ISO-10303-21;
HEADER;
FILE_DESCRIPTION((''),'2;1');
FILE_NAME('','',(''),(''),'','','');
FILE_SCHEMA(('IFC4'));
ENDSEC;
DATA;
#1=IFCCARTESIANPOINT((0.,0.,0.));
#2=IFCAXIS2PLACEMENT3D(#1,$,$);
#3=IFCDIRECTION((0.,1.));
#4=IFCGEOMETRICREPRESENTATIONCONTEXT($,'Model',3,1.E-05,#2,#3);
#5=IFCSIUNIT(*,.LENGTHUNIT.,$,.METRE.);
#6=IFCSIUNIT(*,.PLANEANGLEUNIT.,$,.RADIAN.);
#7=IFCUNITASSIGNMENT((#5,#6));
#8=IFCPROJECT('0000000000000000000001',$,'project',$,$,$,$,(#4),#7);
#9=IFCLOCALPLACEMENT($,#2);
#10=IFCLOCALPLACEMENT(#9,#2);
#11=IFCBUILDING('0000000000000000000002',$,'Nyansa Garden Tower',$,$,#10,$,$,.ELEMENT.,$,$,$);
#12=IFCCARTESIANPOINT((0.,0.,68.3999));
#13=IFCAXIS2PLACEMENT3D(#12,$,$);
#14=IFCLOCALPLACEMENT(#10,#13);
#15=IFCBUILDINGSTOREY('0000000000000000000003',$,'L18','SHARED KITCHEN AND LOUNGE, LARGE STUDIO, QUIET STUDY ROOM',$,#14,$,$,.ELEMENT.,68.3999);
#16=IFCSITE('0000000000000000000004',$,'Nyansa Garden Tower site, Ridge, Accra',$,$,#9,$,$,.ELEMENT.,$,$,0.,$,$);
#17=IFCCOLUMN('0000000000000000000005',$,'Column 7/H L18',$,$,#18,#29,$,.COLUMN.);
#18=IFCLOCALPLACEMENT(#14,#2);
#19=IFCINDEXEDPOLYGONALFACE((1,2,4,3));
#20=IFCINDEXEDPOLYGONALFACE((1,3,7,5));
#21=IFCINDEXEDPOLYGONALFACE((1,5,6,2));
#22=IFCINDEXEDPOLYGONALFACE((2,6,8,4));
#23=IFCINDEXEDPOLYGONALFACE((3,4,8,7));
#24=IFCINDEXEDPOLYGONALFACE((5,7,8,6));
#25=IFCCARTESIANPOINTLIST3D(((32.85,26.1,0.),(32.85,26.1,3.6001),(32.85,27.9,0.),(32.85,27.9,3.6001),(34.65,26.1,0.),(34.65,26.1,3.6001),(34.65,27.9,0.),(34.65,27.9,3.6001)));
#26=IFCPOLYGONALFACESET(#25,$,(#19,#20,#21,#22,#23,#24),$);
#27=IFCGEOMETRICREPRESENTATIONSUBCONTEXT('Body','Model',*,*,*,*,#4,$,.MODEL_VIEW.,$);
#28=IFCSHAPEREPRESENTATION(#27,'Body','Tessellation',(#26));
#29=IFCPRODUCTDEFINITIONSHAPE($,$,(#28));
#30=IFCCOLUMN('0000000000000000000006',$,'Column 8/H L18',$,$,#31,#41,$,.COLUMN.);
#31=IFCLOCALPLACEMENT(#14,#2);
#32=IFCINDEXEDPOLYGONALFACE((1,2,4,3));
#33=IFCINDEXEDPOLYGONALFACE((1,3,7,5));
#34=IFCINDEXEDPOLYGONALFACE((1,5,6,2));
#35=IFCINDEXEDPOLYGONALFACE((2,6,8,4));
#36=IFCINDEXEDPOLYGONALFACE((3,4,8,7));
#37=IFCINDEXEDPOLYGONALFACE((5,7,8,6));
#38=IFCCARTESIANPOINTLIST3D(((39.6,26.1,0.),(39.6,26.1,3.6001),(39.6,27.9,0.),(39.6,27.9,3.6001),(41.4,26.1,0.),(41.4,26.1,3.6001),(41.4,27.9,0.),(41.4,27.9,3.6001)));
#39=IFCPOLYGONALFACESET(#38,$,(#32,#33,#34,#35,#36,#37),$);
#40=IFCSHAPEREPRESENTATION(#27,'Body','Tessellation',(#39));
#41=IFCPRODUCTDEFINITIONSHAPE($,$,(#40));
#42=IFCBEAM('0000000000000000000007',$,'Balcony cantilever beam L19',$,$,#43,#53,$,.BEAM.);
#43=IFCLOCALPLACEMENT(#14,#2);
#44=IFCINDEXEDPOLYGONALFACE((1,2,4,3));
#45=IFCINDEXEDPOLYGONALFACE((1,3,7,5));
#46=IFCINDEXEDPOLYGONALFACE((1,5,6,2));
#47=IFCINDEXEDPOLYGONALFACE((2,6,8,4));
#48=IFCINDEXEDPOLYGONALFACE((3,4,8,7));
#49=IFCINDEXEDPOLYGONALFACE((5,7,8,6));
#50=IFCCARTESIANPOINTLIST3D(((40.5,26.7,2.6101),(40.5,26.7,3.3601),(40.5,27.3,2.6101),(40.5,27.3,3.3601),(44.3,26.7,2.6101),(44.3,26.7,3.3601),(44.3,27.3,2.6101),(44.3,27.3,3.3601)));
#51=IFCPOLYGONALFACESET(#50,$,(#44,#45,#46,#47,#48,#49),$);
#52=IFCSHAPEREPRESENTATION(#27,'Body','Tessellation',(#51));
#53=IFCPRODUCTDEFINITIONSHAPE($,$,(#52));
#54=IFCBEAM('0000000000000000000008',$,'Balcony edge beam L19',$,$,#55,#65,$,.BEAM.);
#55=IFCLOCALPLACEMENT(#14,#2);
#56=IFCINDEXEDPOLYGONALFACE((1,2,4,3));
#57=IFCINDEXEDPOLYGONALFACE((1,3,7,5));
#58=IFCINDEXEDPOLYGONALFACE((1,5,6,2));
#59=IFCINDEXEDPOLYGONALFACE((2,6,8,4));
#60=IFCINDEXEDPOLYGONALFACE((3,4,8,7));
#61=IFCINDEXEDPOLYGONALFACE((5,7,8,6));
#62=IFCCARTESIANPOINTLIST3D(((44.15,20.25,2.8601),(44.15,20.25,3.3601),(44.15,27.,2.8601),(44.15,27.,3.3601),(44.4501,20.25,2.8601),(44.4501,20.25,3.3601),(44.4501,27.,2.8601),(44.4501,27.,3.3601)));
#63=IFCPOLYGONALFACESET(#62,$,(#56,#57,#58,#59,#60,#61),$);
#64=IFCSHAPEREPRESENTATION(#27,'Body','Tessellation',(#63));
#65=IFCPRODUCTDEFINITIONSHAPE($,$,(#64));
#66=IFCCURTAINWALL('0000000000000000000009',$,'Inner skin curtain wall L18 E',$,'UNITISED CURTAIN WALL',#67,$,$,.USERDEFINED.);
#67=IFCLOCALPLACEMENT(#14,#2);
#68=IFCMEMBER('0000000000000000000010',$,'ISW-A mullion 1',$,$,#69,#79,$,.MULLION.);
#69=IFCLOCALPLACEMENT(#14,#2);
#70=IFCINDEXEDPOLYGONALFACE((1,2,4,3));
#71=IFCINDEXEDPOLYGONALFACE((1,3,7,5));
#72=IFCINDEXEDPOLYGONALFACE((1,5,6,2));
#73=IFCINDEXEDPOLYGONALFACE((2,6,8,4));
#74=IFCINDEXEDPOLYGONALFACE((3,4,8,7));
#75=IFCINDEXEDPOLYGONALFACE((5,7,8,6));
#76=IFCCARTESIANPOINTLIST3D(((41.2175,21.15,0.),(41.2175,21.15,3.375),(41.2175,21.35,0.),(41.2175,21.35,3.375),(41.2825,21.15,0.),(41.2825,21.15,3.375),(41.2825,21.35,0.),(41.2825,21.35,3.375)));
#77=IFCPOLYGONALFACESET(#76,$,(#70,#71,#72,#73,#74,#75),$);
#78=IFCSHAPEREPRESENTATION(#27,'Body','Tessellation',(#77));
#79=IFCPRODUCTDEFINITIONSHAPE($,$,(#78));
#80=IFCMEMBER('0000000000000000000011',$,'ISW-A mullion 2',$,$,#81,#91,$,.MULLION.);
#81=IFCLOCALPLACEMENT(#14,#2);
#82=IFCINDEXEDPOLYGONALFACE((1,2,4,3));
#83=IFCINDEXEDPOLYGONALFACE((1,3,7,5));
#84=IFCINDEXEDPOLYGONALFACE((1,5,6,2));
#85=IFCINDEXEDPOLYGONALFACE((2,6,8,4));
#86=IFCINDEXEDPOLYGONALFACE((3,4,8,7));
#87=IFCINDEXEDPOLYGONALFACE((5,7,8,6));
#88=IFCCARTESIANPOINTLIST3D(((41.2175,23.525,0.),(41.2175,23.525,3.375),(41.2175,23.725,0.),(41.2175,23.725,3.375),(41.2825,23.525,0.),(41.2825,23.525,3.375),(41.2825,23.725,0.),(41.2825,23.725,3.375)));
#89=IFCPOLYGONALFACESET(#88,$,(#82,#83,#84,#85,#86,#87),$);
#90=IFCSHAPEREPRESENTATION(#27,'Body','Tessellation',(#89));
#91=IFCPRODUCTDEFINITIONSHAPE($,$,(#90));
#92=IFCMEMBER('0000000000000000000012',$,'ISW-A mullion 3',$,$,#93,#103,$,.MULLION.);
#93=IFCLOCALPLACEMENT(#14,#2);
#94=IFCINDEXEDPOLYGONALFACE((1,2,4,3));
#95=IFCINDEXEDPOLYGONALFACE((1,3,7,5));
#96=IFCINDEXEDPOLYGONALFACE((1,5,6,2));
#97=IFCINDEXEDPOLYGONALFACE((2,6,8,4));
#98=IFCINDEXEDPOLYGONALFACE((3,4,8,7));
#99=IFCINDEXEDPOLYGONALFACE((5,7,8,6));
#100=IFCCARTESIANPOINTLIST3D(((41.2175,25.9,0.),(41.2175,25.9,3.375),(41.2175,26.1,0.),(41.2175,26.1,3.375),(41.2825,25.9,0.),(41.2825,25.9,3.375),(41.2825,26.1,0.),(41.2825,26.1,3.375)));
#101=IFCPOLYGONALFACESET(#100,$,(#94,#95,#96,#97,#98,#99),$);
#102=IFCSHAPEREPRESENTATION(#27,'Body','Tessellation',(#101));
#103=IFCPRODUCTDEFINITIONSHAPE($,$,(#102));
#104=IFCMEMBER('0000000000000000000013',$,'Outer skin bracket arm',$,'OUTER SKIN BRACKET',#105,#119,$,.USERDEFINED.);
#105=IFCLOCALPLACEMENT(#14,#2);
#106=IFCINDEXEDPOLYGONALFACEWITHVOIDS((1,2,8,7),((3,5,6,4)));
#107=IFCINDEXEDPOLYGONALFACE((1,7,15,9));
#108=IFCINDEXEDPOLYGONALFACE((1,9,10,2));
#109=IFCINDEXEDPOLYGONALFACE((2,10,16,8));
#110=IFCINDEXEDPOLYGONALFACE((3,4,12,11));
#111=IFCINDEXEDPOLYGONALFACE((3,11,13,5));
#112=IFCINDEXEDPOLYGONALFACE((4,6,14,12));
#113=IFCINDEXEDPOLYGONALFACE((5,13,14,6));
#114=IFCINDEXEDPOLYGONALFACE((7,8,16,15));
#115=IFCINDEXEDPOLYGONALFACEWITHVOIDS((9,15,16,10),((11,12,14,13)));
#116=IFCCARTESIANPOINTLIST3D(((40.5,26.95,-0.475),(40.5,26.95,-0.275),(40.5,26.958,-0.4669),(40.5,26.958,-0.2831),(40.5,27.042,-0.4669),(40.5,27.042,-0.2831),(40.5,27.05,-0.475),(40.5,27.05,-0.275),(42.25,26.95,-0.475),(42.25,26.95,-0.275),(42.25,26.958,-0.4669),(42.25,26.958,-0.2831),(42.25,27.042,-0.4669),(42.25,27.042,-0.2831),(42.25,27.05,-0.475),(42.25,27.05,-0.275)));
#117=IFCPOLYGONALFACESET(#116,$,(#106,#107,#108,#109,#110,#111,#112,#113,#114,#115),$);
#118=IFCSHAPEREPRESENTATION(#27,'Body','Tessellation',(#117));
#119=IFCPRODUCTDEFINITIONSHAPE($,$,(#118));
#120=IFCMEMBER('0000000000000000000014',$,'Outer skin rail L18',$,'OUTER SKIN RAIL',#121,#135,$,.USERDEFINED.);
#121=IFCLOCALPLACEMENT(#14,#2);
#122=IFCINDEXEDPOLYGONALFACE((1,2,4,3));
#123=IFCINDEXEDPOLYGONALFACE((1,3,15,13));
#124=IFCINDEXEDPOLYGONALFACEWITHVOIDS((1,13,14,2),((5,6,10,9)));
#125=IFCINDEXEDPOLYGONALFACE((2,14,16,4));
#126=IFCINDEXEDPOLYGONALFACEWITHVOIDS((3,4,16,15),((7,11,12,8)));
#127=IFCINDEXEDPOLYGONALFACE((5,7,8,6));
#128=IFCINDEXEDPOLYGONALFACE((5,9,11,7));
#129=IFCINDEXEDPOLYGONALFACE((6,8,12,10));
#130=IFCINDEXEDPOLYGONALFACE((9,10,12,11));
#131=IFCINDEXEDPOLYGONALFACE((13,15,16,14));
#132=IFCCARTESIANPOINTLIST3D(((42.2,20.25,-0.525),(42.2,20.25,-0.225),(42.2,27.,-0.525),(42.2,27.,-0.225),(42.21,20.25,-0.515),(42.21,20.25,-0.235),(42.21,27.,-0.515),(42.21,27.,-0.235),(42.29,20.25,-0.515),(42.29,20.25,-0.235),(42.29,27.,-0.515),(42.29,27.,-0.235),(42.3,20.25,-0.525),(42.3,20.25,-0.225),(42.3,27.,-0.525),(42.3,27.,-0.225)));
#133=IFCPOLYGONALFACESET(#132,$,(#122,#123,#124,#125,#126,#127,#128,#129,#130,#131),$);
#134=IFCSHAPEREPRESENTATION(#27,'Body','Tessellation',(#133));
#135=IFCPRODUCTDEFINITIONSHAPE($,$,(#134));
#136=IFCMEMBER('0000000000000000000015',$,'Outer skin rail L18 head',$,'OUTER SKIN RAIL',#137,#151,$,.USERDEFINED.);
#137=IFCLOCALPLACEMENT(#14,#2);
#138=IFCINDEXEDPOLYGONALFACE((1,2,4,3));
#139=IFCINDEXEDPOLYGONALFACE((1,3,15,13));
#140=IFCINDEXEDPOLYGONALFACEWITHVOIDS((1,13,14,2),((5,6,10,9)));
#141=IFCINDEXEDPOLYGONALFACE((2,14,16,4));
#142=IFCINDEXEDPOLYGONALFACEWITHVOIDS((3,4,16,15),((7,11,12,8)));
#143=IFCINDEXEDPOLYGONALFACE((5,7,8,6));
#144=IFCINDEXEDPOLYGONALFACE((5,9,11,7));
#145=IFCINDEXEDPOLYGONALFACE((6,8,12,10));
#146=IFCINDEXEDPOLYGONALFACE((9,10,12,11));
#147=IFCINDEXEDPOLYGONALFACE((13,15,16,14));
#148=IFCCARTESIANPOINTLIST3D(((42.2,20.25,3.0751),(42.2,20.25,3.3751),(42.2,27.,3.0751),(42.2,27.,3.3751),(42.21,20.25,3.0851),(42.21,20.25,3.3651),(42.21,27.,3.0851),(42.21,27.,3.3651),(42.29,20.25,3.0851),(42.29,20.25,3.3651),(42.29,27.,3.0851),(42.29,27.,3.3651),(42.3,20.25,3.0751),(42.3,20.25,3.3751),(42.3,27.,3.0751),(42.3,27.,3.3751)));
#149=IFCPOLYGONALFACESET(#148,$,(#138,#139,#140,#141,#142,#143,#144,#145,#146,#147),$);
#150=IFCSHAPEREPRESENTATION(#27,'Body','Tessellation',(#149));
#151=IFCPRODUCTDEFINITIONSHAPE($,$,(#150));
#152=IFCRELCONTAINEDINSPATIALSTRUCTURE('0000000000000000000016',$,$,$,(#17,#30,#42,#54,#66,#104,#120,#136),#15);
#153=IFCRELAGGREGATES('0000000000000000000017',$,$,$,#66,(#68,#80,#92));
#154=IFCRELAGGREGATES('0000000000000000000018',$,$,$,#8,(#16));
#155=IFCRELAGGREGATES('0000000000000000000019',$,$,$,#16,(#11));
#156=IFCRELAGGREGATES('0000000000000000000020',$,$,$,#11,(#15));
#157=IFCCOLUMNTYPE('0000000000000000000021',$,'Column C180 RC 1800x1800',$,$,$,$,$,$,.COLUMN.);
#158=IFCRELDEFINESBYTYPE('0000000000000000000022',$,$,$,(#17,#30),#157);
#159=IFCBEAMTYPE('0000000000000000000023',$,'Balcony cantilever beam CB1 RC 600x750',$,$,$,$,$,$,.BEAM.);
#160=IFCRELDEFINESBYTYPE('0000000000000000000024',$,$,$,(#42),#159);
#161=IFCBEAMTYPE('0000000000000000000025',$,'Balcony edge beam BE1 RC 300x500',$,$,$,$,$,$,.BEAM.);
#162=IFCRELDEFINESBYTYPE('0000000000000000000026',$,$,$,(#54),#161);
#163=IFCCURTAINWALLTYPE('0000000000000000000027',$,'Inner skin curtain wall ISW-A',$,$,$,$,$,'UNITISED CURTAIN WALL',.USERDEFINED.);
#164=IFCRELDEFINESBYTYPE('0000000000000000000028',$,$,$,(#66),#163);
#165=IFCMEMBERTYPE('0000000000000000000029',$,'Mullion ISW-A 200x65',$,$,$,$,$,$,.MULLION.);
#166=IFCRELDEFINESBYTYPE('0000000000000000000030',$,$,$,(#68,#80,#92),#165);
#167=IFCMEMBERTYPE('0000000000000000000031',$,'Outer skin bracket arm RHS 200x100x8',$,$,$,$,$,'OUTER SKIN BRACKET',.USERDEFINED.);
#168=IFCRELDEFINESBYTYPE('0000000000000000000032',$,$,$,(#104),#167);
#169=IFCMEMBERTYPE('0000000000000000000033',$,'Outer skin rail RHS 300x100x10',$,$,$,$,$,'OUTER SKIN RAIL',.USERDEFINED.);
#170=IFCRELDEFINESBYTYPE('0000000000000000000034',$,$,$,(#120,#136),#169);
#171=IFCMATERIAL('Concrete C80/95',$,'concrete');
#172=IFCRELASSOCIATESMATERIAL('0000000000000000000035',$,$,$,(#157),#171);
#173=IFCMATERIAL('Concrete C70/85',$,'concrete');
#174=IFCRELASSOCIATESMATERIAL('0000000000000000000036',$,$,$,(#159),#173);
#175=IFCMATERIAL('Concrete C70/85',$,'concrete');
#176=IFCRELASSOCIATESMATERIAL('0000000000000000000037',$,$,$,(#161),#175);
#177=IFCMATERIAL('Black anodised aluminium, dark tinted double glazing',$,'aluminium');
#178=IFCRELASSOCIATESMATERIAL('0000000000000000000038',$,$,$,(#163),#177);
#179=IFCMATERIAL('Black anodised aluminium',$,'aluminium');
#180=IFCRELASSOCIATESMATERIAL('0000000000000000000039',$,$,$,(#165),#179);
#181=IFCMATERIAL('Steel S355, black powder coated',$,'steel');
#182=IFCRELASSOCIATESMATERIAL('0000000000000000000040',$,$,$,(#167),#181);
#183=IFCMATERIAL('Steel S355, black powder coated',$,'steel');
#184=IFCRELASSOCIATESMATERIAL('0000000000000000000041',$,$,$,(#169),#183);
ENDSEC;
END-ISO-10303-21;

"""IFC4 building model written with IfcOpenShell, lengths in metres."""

from ifc_helpers import new_model, si_unit, direction, frame, origin, origin_2d, place, context, subcontext, project, spatial, rectangle, hollow_rectangle, extrude, material, material_profile, profile_set, type_object, element, aggregate, save


model = new_model("IFC4")

# Units and contexts
model_context = context("Model", 3, precision=1e-05, world=origin(), true_north=direction((0.0, 1.0)))
body_context = subcontext(model_context, "Body", "Model", "MODEL_VIEW")
ifc_project = project(units=[si_unit("LENGTHUNIT", "METRE"), si_unit("PLANEANGLEUNIT", "RADIAN")], contexts=[model_context])

# Site, building, storey
site_placement = place(None, origin())
site = spatial("IfcSite", under=ifc_project, at=site_placement, Name="Nyansa Garden Tower site, Ridge, Accra", CompositionType="ELEMENT", RefElevation=0.0)
building_placement = place(site_placement, origin())
building = spatial("IfcBuilding", under=site, at=building_placement, Name="Nyansa Garden Tower", CompositionType="ELEMENT")
storey_placement = place(building_placement, frame((0.0, 0.0, 68.3999)))
storey = spatial("IfcBuildingStorey", under=building, at=storey_placement, Name="L18", Description="SHARED KITCHEN AND LOUNGE, LARGE STUDIO, QUIET STUDY ROOM", CompositionType="ELEMENT", Elevation=68.3999)

# Columns
ifc_material_1 = material(Name="Concrete C80/95", Category="concrete")
ifc_material_profile_1 = material_profile(ifc_material_1, rectangle(XDim=1.8, YDim=1.8, at=origin_2d()), Name="RC 1800x1800")
ifc_profile_set_1 = profile_set([ifc_material_profile_1], Name="Concrete C80/95")
column_type = type_object("IfcColumnType", Name="Column C180 RC 1800x1800", PredefinedType="COLUMN", material=ifc_profile_set_1)
for number, where, z_axis, x_axis, name in (
    (1, (33.75, 27.0, 0.0), (0.0, 0.0, 1.0), (1.0, 0.0, 0.0), "Column 7/H L18"),
    (2, (40.5, 27.0, 0.0), (0.0, 0.0, 1.0), (1.0, 0.0, 0.0), "Column 8/H L18"),
):
    element("IfcColumn", number, at=place(storey_placement, frame(where, z_axis=z_axis, x_axis=x_axis)), inside=storey, type_object=column_type, Name=name, PredefinedType="COLUMN", context=body_context, shape_type="SweptSolid", body=[
        extrude(rectangle(XDim=1.8, YDim=1.8, at=origin_2d()), origin(), (0.0, 0.0, 1.0), 3.6001),
    ])

# Beams
ifc_material_2 = material(Name="Concrete C70/85", Category="concrete")
ifc_material_profile_2 = material_profile(ifc_material_2, rectangle(XDim=0.6001, YDim=0.75, at=origin_2d()), Name="RC 600x750")
ifc_profile_set_2 = profile_set([ifc_material_profile_2], Name="Concrete C70/85")
beam_type_1 = type_object("IfcBeamType", Name="Balcony cantilever beam CB1 RC 600x750", PredefinedType="BEAM", material=ifc_profile_set_2)
beam_1_placement = place(storey_placement, frame((40.5, 27.0, 2.9851), z_axis=(1.0, 0.0, 0.0), x_axis=(0.0, 1.0, 0.0)))
element("IfcBeam", 3, at=beam_1_placement, inside=storey, type_object=beam_type_1, Name="Balcony cantilever beam L19", PredefinedType="BEAM", context=body_context, shape_type="SweptSolid", body=[
    extrude(rectangle(XDim=0.6001, YDim=0.75, at=origin_2d()), origin(), (0.0, 0.0, 1.0), 3.8),
])
ifc_material_3 = material(Name="Concrete C70/85", Category="concrete")
ifc_material_profile_3 = material_profile(ifc_material_3, rectangle(XDim=0.3, YDim=0.5, at=origin_2d()), Name="RC 300x500")
ifc_profile_set_3 = profile_set([ifc_material_profile_3], Name="Concrete C70/85")
beam_type_2 = type_object("IfcBeamType", Name="Balcony edge beam BE1 RC 300x500", PredefinedType="BEAM", material=ifc_profile_set_3)
beam_2_placement = place(storey_placement, frame((44.3, 20.25, 3.1101), z_axis=(0.0, 1.0, 0.0), x_axis=(-1.0, 0.0, 0.0)))
element("IfcBeam", 4, at=beam_2_placement, inside=storey, type_object=beam_type_2, Name="Balcony edge beam L19", PredefinedType="BEAM", context=body_context, shape_type="SweptSolid", body=[
    extrude(rectangle(XDim=0.3, YDim=0.5, at=origin_2d()), origin(), (0.0, 0.0, 1.0), 6.75),
])

# Curtain wall, members
ifc_material_4 = material(Name="Black anodised aluminium, dark tinted double glazing", Category="aluminium")
curtain_wall_type = type_object("IfcCurtainWallType", Name="Inner skin curtain wall ISW-A", ElementType="UNITISED CURTAIN WALL", PredefinedType="USERDEFINED", material=ifc_material_4)
curtain_wall_placement = place(storey_placement, origin())
curtain_wall = element("IfcCurtainWall", 5, at=curtain_wall_placement, inside=storey, type_object=curtain_wall_type, Name="Inner skin curtain wall L18 E", ObjectType="UNITISED CURTAIN WALL", PredefinedType="USERDEFINED")
ifc_material_5 = material(Name="Black anodised aluminium", Category="aluminium")
ifc_material_profile_4 = material_profile(ifc_material_5, rectangle(XDim=0.0649, YDim=0.2, at=origin_2d()), Name="Mullion 200x65")
ifc_profile_set_4 = profile_set([ifc_material_profile_4], Name="Black anodised aluminium")
member_type_1 = type_object("IfcMemberType", Name="Mullion ISW-A 200x65", PredefinedType="MULLION", material=ifc_profile_set_4)
member_1_placement = place(storey_placement, frame((41.25, 21.25, 0.0), z_axis=(0.0, 0.0, 1.0), x_axis=(-1.0, 0.0, 0.0)))
member_1 = element("IfcMember", 6, at=member_1_placement, type_object=member_type_1, Name="ISW-A mullion 1", PredefinedType="MULLION", context=body_context, shape_type="SweptSolid", body=[
    extrude(rectangle(XDim=0.0649, YDim=0.2, at=origin_2d()), origin(), (0.0, 0.0, 1.0), 3.375),
])
member_2_placement = place(storey_placement, frame((41.25, 23.625, 0.0), z_axis=(0.0, 0.0, 1.0), x_axis=(-1.0, 0.0, 0.0)))
member_2 = element("IfcMember", 7, at=member_2_placement, type_object=member_type_1, Name="ISW-A mullion 2", PredefinedType="MULLION", context=body_context, shape_type="SweptSolid", body=[
    extrude(rectangle(XDim=0.0649, YDim=0.2, at=origin_2d()), origin(), (0.0, 0.0, 1.0), 3.375),
])
member_3_placement = place(storey_placement, frame((41.25, 26.0, 0.0), z_axis=(0.0, 0.0, 1.0), x_axis=(-1.0, 0.0, 0.0)))
member_3 = element("IfcMember", 8, at=member_3_placement, type_object=member_type_1, Name="ISW-A mullion 3", PredefinedType="MULLION", context=body_context, shape_type="SweptSolid", body=[
    extrude(rectangle(XDim=0.0649, YDim=0.2, at=origin_2d()), origin(), (0.0, 0.0, 1.0), 3.375),
])

# Members
ifc_material_6 = material(Name="Steel S355, black powder coated", Category="steel")
ifc_material_profile_5 = material_profile(ifc_material_6, hollow_rectangle(XDim=0.1001, YDim=0.2, WallThickness=0.0081, at=origin_2d()), Name="RHS 200x100x8")
ifc_profile_set_5 = profile_set([ifc_material_profile_5], Name="Steel S355, black powder coated")
member_type_2 = type_object("IfcMemberType", Name="Outer skin bracket arm RHS 200x100x8", ElementType="OUTER SKIN BRACKET", PredefinedType="USERDEFINED", material=ifc_profile_set_5)
member_4_placement = place(storey_placement, frame((40.5, 27.0, -0.375), z_axis=(1.0, 0.0, 0.0), x_axis=(0.0, 1.0, 0.0)))
element("IfcMember", 9, at=member_4_placement, inside=storey, type_object=member_type_2, Name="Outer skin bracket arm", ObjectType="OUTER SKIN BRACKET", PredefinedType="USERDEFINED", context=body_context, shape_type="SweptSolid", body=[
    extrude(hollow_rectangle(XDim=0.1001, YDim=0.2, WallThickness=0.0081, at=origin_2d()), origin(), (0.0, 0.0, 1.0), 1.75),
])
ifc_material_7 = material(Name="Steel S355, black powder coated", Category="steel")
ifc_material_profile_6 = material_profile(ifc_material_7, hollow_rectangle(XDim=0.1001, YDim=0.3, WallThickness=0.01, at=origin_2d()), Name="RHS 300x100x10")
ifc_profile_set_6 = profile_set([ifc_material_profile_6], Name="Steel S355, black powder coated")
member_type_3 = type_object("IfcMemberType", Name="Outer skin rail RHS 300x100x10", ElementType="OUTER SKIN RAIL", PredefinedType="USERDEFINED", material=ifc_profile_set_6)
for number, where, z_axis, x_axis, name in (
    (10, (42.25, 20.25, -0.375), (0.0, 1.0, 0.0), (-1.0, 0.0, 0.0), "Outer skin rail L18"),
    (11, (42.25, 20.25, 3.2251), (0.0, 1.0, 0.0), (-1.0, 0.0, 0.0), "Outer skin rail L18 head"),
):
    element("IfcMember", number, at=place(storey_placement, frame(where, z_axis=z_axis, x_axis=x_axis)), inside=storey, type_object=member_type_3, Name=name, ObjectType="OUTER SKIN RAIL", PredefinedType="USERDEFINED", context=body_context, shape_type="SweptSolid", body=[
        extrude(hollow_rectangle(XDim=0.1001, YDim=0.3, WallThickness=0.01, at=origin_2d()), origin(), (0.0, 0.0, 1.0), 6.75),
    ])

aggregate(curtain_wall, [member_1, member_2, member_3])

save(model, "model.ifc")
